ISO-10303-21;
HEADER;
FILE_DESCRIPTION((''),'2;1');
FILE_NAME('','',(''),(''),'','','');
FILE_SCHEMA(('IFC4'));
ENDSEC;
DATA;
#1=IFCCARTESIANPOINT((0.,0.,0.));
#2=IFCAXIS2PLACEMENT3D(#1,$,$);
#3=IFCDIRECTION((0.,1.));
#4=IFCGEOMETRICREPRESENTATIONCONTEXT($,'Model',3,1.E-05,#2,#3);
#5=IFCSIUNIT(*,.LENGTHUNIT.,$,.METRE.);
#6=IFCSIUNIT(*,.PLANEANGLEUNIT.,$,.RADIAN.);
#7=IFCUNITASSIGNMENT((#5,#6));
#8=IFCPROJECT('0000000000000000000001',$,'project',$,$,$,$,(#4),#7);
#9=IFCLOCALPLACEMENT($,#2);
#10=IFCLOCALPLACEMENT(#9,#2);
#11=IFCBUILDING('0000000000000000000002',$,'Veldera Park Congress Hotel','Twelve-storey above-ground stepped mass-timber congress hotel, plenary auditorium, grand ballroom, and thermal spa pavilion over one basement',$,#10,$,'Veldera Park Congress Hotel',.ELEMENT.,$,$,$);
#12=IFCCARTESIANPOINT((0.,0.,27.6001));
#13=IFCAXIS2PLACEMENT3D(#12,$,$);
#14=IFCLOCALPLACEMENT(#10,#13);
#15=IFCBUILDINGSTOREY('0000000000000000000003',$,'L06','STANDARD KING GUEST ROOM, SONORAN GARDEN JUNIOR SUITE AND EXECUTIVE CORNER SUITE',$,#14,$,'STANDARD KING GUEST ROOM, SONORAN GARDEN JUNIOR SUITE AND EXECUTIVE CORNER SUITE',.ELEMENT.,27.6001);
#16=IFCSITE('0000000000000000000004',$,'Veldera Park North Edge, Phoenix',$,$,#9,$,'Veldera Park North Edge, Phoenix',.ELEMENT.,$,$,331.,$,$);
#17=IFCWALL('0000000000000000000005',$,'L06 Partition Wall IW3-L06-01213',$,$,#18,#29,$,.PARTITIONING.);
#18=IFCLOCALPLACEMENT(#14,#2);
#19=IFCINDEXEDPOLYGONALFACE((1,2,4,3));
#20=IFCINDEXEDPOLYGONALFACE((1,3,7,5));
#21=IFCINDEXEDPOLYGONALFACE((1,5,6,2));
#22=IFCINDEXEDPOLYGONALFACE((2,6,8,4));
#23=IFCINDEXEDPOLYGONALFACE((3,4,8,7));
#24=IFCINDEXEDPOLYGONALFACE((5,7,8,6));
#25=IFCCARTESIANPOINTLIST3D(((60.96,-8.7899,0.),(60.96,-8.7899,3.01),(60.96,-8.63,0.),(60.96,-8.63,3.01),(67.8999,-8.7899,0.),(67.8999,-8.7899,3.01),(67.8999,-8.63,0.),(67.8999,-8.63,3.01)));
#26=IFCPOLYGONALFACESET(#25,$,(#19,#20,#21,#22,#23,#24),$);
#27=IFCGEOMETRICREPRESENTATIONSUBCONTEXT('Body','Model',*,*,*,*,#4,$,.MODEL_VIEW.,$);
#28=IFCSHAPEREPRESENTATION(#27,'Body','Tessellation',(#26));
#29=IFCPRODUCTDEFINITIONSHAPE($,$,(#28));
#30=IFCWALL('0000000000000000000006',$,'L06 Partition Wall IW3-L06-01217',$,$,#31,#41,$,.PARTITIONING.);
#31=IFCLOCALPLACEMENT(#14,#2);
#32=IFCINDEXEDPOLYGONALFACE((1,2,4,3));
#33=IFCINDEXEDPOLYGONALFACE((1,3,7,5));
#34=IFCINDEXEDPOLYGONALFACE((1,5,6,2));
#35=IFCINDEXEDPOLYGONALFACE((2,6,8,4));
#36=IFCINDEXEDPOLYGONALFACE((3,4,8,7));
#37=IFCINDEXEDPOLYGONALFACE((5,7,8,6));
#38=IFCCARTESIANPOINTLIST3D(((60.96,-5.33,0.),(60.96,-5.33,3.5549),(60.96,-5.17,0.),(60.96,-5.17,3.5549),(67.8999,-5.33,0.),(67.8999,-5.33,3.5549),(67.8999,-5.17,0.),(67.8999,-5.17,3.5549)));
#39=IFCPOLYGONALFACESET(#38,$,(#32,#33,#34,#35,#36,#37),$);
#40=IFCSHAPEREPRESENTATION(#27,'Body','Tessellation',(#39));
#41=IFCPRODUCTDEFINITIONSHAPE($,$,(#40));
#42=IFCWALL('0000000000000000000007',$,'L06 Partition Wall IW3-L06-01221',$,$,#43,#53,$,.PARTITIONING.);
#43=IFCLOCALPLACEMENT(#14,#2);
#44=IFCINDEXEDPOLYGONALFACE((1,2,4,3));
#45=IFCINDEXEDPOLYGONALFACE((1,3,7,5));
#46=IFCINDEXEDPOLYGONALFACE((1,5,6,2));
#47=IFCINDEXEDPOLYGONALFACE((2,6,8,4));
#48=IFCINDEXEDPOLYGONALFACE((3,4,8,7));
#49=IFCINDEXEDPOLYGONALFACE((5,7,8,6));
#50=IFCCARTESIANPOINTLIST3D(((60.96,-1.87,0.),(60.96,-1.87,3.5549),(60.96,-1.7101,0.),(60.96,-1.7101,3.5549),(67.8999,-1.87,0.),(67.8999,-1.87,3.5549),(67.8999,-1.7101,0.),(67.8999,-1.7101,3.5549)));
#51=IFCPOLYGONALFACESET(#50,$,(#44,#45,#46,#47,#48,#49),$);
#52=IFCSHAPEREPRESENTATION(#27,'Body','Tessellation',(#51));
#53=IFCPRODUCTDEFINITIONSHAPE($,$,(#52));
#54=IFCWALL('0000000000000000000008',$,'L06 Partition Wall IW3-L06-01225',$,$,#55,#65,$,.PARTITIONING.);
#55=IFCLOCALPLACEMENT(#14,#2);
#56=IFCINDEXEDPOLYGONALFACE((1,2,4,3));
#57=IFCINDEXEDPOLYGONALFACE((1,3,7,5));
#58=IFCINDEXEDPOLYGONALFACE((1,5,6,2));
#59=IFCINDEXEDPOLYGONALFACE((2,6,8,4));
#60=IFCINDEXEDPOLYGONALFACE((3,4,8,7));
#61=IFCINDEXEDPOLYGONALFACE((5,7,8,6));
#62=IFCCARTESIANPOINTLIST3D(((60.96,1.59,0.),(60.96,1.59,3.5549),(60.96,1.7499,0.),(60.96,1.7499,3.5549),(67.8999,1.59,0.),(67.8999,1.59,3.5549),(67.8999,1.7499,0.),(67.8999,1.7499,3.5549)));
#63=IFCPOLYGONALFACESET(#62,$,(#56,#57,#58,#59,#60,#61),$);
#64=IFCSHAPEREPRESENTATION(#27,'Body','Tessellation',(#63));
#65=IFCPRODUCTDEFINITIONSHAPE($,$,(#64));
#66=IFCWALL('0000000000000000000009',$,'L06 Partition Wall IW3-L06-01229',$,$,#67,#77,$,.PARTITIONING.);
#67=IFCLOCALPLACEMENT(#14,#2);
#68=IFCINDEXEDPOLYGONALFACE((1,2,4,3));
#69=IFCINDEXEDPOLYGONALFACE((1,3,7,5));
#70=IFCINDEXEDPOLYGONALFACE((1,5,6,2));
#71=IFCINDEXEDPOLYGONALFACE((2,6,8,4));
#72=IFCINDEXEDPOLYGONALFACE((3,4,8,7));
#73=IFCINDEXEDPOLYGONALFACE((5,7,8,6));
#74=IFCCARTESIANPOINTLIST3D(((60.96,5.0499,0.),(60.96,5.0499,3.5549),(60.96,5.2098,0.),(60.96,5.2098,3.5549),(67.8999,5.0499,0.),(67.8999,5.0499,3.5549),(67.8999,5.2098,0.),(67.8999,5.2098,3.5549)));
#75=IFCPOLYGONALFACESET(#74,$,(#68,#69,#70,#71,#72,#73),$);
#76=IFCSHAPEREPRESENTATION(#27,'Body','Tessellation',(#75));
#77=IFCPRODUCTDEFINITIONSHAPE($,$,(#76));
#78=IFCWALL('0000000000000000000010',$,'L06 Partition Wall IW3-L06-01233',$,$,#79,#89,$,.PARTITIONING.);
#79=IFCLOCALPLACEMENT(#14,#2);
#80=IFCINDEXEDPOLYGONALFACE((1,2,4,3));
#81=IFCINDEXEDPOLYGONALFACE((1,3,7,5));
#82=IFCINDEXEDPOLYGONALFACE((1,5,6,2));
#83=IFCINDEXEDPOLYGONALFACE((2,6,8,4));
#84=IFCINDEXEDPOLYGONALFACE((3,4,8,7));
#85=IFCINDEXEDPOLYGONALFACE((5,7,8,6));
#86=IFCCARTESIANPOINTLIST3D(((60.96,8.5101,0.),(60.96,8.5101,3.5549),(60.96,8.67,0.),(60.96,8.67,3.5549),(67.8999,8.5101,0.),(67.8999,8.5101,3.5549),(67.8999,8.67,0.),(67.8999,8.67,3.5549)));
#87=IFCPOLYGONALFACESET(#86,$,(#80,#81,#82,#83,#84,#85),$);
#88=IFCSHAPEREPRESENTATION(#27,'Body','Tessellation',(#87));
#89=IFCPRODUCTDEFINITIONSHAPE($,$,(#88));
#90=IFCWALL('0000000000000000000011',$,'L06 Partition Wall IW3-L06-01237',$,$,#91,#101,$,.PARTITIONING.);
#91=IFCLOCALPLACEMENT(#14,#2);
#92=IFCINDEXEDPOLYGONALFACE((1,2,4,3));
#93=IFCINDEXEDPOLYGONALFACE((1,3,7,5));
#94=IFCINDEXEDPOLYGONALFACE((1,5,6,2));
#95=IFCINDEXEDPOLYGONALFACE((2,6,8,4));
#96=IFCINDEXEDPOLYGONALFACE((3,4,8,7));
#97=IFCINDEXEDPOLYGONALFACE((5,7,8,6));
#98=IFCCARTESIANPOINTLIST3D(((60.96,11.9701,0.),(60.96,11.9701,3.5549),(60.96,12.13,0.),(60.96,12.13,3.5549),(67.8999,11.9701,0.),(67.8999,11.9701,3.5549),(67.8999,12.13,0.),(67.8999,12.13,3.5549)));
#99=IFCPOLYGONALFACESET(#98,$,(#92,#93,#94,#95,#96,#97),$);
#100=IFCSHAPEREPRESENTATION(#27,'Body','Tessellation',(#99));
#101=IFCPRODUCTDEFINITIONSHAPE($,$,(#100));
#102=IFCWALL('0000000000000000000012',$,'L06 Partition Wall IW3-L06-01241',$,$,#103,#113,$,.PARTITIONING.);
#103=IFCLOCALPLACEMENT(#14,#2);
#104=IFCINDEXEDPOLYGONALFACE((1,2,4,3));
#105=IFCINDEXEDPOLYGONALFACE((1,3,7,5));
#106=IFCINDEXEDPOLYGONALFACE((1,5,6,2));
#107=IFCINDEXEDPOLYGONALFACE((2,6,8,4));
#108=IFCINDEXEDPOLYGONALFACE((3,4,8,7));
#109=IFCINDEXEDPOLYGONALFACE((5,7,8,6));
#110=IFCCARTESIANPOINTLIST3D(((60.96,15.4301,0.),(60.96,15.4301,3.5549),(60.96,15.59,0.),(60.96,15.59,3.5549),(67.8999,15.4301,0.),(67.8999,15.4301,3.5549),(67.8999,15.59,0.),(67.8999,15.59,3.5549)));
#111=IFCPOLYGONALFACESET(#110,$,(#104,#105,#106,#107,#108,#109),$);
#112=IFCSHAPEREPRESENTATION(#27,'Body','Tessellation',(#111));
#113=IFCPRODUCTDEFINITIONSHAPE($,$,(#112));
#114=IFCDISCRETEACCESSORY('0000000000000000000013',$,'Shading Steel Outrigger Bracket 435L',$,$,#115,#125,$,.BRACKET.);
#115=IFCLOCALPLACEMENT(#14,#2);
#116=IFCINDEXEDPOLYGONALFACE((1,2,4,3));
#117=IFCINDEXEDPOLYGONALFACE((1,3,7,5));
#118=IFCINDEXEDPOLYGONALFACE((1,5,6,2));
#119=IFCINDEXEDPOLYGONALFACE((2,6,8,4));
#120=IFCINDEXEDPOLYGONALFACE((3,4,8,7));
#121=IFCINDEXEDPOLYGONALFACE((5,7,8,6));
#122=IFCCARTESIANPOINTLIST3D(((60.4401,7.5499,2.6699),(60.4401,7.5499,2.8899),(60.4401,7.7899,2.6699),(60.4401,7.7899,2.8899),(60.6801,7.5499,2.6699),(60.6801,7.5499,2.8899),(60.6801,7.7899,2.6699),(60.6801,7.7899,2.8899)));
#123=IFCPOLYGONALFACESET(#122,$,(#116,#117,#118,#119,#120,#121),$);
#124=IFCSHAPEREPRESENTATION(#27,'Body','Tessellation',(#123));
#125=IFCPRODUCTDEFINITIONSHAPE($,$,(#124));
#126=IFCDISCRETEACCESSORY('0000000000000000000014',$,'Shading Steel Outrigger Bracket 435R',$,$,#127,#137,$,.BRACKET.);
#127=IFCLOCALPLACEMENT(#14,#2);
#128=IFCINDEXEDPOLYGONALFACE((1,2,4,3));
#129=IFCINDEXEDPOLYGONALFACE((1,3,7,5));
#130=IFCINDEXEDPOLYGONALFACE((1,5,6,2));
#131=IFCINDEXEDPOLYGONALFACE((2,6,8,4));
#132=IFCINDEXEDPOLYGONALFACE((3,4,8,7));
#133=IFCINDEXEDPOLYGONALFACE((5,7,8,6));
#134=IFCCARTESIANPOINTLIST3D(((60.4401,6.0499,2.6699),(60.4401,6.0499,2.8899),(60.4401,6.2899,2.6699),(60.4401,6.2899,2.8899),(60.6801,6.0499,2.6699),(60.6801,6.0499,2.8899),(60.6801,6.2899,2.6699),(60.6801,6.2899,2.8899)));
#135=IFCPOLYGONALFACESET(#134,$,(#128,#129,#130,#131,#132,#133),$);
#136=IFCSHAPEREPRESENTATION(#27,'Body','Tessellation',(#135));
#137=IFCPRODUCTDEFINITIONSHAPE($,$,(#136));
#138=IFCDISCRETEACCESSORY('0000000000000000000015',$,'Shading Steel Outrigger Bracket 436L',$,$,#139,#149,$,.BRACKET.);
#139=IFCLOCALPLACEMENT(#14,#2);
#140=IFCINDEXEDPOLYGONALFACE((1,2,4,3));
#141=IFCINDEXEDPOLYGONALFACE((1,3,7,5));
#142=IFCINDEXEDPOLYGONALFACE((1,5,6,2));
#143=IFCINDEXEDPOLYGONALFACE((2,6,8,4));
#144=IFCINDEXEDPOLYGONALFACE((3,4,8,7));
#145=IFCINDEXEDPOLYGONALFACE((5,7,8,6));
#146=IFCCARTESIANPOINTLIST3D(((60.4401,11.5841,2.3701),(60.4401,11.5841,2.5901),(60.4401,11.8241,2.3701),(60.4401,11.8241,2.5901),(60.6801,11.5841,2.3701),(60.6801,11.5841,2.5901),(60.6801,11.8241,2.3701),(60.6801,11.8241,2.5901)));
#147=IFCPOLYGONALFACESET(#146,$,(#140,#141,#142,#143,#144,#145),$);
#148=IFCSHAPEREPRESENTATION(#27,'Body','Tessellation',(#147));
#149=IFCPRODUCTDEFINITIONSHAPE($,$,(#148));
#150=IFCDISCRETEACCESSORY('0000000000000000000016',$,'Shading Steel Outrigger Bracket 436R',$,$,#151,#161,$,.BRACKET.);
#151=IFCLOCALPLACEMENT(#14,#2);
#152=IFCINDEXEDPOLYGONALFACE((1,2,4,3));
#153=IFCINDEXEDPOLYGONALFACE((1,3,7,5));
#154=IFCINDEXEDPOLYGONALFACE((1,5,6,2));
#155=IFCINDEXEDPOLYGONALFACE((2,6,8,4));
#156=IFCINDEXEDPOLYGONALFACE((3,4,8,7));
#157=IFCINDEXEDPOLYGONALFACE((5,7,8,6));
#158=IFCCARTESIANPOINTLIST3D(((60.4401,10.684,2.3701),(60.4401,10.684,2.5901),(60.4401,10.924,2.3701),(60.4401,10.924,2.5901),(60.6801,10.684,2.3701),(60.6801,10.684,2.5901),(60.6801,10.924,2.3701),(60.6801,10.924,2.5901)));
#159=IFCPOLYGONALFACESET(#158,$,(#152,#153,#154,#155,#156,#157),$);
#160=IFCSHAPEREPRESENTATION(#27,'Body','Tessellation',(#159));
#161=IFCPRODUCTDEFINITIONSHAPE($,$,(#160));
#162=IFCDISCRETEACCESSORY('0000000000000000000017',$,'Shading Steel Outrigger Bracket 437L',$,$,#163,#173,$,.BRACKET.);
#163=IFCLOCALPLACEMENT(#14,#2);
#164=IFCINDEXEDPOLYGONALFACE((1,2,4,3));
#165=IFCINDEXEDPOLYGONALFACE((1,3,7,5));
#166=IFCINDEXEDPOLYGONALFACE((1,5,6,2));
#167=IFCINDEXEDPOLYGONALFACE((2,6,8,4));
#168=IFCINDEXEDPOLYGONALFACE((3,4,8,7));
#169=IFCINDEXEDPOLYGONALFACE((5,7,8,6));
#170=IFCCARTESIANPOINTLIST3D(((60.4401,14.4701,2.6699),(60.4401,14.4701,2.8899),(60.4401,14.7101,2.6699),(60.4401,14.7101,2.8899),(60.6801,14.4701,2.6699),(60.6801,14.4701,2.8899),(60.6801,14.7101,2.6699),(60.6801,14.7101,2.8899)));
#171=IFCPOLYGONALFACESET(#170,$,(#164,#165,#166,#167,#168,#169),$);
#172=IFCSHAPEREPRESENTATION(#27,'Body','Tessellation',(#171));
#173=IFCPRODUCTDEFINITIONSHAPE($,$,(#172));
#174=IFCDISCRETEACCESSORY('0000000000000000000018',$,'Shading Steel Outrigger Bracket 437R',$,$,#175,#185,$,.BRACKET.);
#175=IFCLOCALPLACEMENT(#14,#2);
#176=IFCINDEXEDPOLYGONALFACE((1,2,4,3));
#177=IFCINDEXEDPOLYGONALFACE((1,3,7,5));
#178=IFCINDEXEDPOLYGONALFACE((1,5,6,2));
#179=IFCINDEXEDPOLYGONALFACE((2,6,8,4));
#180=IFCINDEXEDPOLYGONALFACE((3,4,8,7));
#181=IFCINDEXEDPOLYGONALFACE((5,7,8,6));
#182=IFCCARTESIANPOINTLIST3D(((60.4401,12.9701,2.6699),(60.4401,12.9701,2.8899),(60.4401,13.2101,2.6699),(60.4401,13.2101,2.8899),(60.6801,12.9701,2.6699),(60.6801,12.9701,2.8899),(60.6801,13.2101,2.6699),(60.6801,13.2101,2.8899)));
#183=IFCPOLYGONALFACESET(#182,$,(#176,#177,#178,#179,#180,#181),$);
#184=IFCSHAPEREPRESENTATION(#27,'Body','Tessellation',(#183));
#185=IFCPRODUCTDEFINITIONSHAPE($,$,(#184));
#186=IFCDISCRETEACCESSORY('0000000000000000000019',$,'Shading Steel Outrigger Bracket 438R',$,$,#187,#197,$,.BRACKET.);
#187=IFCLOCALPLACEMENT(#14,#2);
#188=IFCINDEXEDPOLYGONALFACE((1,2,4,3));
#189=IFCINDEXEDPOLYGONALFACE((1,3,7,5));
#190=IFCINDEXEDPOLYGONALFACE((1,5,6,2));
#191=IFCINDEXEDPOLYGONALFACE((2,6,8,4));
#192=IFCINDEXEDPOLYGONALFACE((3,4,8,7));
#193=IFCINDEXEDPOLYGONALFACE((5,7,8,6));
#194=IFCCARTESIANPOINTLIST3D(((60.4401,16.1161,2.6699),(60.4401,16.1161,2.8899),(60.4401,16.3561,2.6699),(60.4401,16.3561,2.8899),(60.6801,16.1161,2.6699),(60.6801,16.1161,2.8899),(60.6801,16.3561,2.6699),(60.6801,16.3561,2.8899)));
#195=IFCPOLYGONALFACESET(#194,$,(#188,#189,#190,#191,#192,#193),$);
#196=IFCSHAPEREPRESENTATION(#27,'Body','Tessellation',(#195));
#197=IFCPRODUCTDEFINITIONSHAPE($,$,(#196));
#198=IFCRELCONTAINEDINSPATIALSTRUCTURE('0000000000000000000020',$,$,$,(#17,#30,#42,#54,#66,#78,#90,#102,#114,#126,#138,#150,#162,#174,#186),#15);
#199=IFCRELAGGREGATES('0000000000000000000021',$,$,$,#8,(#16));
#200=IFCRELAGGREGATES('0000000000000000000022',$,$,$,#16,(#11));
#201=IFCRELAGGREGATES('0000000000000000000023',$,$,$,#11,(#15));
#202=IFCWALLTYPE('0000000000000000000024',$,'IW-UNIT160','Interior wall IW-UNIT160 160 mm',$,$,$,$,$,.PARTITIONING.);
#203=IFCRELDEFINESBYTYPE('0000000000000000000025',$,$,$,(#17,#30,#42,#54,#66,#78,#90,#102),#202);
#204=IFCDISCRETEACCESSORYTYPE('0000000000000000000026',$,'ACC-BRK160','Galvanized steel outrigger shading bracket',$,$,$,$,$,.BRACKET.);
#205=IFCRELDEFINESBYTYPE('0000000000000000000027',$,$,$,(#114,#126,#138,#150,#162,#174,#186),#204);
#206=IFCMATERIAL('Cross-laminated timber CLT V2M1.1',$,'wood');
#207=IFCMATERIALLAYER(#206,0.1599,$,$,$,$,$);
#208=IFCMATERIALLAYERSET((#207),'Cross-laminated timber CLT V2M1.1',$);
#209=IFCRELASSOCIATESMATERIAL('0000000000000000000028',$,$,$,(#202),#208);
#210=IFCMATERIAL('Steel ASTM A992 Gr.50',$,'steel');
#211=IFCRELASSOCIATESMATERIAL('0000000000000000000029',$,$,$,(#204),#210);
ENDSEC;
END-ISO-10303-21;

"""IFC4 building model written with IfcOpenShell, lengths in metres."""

from ifc_helpers import new_model, si_unit, direction, frame, frame_2d, origin, origin_2d, place, context, subcontext, project, spatial, rectangle, extrude, material, layer, layer_set, type_object, element, save


model = new_model("IFC4")

# Units and contexts
model_context = context("Model", 3, precision=1e-05, world=origin(), true_north=direction((0.0, 1.0)))
body_context = subcontext(model_context, "Body", "Model", "MODEL_VIEW")
ifc_project = project(units=[si_unit("LENGTHUNIT", "METRE"), si_unit("PLANEANGLEUNIT", "RADIAN")], contexts=[model_context])

# Site, building, storey
site_placement = place(None, origin())
site = spatial("IfcSite", under=ifc_project, at=site_placement, Name="Veldera Park North Edge, Phoenix", LongName="Veldera Park North Edge, Phoenix", CompositionType="ELEMENT", RefElevation=331.0)
building_placement = place(site_placement, origin())
building = spatial("IfcBuilding", under=site, at=building_placement, Name="Veldera Park Congress Hotel", Description="Twelve-storey above-ground stepped mass-timber congress hotel, plenary auditorium, grand ballroom, and thermal spa pavilion over one basement", LongName="Veldera Park Congress Hotel", CompositionType="ELEMENT")
storey_placement = place(building_placement, frame((0.0, 0.0, 27.6001)))
storey = spatial("IfcBuildingStorey", under=building, at=storey_placement, Name="L06", Description="STANDARD KING GUEST ROOM, SONORAN GARDEN JUNIOR SUITE AND EXECUTIVE CORNER SUITE", LongName="STANDARD KING GUEST ROOM, SONORAN GARDEN JUNIOR SUITE AND EXECUTIVE CORNER SUITE", CompositionType="ELEMENT", Elevation=27.6001)

# Shared definitions
ifc_material_1 = material(Name="Cross-laminated timber CLT V2M1.1", Category="wood")

# Walls
ifc_layer_1 = layer(ifc_material_1, 0.1599)
ifc_layer_set_1 = layer_set([ifc_layer_1], Name="Cross-laminated timber CLT V2M1.1")
wall_type_1 = type_object("IfcWallType", Name="IW-UNIT160", Description="Interior wall IW-UNIT160 160 mm", PredefinedType="PARTITIONING", material=ifc_layer_set_1)
wall_1_placement = place(storey_placement, frame((60.96, -8.71, 0.0), z_axis=(0.0, 0.0, 1.0), x_axis=(1.0, 0.0, 0.0)))
element("IfcWall", 1, at=wall_1_placement, inside=storey, type_object=wall_type_1, Name="L06 Partition Wall IW3-L06-01213", PredefinedType="PARTITIONING", context=body_context, shape_type="SweptSolid", body=[
    extrude(rectangle(XDim=6.9399, YDim=0.1599, at=frame_2d((3.47, 0.0))), origin(), (0.0, 0.0, 1.0), 3.01),
])
for number, where, z_axis, x_axis, name in (
    (2, (60.96, -5.25, 0.0), (0.0, 0.0, 1.0), (1.0, 0.0, 0.0), "L06 Partition Wall IW3-L06-01217"),
    (3, (60.96, -1.79, 0.0), (0.0, 0.0, 1.0), (1.0, 0.0, 0.0), "L06 Partition Wall IW3-L06-01221"),
    (4, (60.96, 1.6699, 0.0), (0.0, 0.0, 1.0), (1.0, 0.0, 0.0), "L06 Partition Wall IW3-L06-01225"),
    (5, (60.96, 5.1299, 0.0), (0.0, 0.0, 1.0), (1.0, 0.0, 0.0), "L06 Partition Wall IW3-L06-01229"),
    (6, (60.96, 8.5901, 0.0), (0.0, 0.0, 1.0), (1.0, 0.0, 0.0), "L06 Partition Wall IW3-L06-01233"),
    (7, (60.96, 12.05, 0.0), (0.0, 0.0, 1.0), (1.0, 0.0, 0.0), "L06 Partition Wall IW3-L06-01237"),
    (8, (60.96, 15.51, 0.0), (0.0, 0.0, 1.0), (1.0, 0.0, 0.0), "L06 Partition Wall IW3-L06-01241"),
):
    element("IfcWall", number, at=place(storey_placement, frame(where, z_axis=z_axis, x_axis=x_axis)), inside=storey, type_object=wall_type_1, Name=name, PredefinedType="PARTITIONING", context=body_context, shape_type="SweptSolid", body=[
        extrude(rectangle(XDim=6.9399, YDim=0.1599, at=frame_2d((3.47, 0.0))), origin(), (0.0, 0.0, 1.0), 3.5549),
    ])

# Discrete accessories
ifc_material_2 = material(Name="Steel ASTM A992 Gr.50", Category="steel")
discrete_accessory_type = type_object("IfcDiscreteAccessoryType", Name="ACC-BRK160", Description="Galvanized steel outrigger shading bracket", PredefinedType="BRACKET", material=ifc_material_2)
for number, where, z_axis, x_axis, name in (
    (9, (60.5601, 7.6699, 2.6699), (0.0, 0.0, 1.0), (0.0, -1.0, 0.0), "Shading Steel Outrigger Bracket 435L"),
    (10, (60.5601, 6.1699, 2.6699), (0.0, 0.0, 1.0), (0.0, -1.0, 0.0), "Shading Steel Outrigger Bracket 435R"),
    (11, (60.5601, 11.7041, 2.3701), (0.0, 0.0, 1.0), (0.0, -1.0, 0.0), "Shading Steel Outrigger Bracket 436L"),
    (12, (60.5601, 10.804, 2.3701), (0.0, 0.0, 1.0), (0.0, -1.0, 0.0), "Shading Steel Outrigger Bracket 436R"),
    (13, (60.5601, 14.5901, 2.6699), (0.0, 0.0, 1.0), (0.0, -1.0, 0.0), "Shading Steel Outrigger Bracket 437L"),
    (14, (60.5601, 13.0901, 2.6699), (0.0, 0.0, 1.0), (0.0, -1.0, 0.0), "Shading Steel Outrigger Bracket 437R"),
    (15, (60.5601, 16.2361, 2.6699), (0.0, 0.0, 1.0), (0.0, -1.0, 0.0), "Shading Steel Outrigger Bracket 438R"),
):
    element("IfcDiscreteAccessory", number, at=place(storey_placement, frame(where, z_axis=z_axis, x_axis=x_axis)), inside=storey, type_object=discrete_accessory_type, Name=name, PredefinedType="BRACKET", context=body_context, shape_type="SweptSolid", body=[
        extrude(rectangle(XDim=0.24, YDim=0.24, at=origin_2d()), origin(), (0.0, 0.0, 1.0), 0.22),
    ])

save(model, "model.ifc")
